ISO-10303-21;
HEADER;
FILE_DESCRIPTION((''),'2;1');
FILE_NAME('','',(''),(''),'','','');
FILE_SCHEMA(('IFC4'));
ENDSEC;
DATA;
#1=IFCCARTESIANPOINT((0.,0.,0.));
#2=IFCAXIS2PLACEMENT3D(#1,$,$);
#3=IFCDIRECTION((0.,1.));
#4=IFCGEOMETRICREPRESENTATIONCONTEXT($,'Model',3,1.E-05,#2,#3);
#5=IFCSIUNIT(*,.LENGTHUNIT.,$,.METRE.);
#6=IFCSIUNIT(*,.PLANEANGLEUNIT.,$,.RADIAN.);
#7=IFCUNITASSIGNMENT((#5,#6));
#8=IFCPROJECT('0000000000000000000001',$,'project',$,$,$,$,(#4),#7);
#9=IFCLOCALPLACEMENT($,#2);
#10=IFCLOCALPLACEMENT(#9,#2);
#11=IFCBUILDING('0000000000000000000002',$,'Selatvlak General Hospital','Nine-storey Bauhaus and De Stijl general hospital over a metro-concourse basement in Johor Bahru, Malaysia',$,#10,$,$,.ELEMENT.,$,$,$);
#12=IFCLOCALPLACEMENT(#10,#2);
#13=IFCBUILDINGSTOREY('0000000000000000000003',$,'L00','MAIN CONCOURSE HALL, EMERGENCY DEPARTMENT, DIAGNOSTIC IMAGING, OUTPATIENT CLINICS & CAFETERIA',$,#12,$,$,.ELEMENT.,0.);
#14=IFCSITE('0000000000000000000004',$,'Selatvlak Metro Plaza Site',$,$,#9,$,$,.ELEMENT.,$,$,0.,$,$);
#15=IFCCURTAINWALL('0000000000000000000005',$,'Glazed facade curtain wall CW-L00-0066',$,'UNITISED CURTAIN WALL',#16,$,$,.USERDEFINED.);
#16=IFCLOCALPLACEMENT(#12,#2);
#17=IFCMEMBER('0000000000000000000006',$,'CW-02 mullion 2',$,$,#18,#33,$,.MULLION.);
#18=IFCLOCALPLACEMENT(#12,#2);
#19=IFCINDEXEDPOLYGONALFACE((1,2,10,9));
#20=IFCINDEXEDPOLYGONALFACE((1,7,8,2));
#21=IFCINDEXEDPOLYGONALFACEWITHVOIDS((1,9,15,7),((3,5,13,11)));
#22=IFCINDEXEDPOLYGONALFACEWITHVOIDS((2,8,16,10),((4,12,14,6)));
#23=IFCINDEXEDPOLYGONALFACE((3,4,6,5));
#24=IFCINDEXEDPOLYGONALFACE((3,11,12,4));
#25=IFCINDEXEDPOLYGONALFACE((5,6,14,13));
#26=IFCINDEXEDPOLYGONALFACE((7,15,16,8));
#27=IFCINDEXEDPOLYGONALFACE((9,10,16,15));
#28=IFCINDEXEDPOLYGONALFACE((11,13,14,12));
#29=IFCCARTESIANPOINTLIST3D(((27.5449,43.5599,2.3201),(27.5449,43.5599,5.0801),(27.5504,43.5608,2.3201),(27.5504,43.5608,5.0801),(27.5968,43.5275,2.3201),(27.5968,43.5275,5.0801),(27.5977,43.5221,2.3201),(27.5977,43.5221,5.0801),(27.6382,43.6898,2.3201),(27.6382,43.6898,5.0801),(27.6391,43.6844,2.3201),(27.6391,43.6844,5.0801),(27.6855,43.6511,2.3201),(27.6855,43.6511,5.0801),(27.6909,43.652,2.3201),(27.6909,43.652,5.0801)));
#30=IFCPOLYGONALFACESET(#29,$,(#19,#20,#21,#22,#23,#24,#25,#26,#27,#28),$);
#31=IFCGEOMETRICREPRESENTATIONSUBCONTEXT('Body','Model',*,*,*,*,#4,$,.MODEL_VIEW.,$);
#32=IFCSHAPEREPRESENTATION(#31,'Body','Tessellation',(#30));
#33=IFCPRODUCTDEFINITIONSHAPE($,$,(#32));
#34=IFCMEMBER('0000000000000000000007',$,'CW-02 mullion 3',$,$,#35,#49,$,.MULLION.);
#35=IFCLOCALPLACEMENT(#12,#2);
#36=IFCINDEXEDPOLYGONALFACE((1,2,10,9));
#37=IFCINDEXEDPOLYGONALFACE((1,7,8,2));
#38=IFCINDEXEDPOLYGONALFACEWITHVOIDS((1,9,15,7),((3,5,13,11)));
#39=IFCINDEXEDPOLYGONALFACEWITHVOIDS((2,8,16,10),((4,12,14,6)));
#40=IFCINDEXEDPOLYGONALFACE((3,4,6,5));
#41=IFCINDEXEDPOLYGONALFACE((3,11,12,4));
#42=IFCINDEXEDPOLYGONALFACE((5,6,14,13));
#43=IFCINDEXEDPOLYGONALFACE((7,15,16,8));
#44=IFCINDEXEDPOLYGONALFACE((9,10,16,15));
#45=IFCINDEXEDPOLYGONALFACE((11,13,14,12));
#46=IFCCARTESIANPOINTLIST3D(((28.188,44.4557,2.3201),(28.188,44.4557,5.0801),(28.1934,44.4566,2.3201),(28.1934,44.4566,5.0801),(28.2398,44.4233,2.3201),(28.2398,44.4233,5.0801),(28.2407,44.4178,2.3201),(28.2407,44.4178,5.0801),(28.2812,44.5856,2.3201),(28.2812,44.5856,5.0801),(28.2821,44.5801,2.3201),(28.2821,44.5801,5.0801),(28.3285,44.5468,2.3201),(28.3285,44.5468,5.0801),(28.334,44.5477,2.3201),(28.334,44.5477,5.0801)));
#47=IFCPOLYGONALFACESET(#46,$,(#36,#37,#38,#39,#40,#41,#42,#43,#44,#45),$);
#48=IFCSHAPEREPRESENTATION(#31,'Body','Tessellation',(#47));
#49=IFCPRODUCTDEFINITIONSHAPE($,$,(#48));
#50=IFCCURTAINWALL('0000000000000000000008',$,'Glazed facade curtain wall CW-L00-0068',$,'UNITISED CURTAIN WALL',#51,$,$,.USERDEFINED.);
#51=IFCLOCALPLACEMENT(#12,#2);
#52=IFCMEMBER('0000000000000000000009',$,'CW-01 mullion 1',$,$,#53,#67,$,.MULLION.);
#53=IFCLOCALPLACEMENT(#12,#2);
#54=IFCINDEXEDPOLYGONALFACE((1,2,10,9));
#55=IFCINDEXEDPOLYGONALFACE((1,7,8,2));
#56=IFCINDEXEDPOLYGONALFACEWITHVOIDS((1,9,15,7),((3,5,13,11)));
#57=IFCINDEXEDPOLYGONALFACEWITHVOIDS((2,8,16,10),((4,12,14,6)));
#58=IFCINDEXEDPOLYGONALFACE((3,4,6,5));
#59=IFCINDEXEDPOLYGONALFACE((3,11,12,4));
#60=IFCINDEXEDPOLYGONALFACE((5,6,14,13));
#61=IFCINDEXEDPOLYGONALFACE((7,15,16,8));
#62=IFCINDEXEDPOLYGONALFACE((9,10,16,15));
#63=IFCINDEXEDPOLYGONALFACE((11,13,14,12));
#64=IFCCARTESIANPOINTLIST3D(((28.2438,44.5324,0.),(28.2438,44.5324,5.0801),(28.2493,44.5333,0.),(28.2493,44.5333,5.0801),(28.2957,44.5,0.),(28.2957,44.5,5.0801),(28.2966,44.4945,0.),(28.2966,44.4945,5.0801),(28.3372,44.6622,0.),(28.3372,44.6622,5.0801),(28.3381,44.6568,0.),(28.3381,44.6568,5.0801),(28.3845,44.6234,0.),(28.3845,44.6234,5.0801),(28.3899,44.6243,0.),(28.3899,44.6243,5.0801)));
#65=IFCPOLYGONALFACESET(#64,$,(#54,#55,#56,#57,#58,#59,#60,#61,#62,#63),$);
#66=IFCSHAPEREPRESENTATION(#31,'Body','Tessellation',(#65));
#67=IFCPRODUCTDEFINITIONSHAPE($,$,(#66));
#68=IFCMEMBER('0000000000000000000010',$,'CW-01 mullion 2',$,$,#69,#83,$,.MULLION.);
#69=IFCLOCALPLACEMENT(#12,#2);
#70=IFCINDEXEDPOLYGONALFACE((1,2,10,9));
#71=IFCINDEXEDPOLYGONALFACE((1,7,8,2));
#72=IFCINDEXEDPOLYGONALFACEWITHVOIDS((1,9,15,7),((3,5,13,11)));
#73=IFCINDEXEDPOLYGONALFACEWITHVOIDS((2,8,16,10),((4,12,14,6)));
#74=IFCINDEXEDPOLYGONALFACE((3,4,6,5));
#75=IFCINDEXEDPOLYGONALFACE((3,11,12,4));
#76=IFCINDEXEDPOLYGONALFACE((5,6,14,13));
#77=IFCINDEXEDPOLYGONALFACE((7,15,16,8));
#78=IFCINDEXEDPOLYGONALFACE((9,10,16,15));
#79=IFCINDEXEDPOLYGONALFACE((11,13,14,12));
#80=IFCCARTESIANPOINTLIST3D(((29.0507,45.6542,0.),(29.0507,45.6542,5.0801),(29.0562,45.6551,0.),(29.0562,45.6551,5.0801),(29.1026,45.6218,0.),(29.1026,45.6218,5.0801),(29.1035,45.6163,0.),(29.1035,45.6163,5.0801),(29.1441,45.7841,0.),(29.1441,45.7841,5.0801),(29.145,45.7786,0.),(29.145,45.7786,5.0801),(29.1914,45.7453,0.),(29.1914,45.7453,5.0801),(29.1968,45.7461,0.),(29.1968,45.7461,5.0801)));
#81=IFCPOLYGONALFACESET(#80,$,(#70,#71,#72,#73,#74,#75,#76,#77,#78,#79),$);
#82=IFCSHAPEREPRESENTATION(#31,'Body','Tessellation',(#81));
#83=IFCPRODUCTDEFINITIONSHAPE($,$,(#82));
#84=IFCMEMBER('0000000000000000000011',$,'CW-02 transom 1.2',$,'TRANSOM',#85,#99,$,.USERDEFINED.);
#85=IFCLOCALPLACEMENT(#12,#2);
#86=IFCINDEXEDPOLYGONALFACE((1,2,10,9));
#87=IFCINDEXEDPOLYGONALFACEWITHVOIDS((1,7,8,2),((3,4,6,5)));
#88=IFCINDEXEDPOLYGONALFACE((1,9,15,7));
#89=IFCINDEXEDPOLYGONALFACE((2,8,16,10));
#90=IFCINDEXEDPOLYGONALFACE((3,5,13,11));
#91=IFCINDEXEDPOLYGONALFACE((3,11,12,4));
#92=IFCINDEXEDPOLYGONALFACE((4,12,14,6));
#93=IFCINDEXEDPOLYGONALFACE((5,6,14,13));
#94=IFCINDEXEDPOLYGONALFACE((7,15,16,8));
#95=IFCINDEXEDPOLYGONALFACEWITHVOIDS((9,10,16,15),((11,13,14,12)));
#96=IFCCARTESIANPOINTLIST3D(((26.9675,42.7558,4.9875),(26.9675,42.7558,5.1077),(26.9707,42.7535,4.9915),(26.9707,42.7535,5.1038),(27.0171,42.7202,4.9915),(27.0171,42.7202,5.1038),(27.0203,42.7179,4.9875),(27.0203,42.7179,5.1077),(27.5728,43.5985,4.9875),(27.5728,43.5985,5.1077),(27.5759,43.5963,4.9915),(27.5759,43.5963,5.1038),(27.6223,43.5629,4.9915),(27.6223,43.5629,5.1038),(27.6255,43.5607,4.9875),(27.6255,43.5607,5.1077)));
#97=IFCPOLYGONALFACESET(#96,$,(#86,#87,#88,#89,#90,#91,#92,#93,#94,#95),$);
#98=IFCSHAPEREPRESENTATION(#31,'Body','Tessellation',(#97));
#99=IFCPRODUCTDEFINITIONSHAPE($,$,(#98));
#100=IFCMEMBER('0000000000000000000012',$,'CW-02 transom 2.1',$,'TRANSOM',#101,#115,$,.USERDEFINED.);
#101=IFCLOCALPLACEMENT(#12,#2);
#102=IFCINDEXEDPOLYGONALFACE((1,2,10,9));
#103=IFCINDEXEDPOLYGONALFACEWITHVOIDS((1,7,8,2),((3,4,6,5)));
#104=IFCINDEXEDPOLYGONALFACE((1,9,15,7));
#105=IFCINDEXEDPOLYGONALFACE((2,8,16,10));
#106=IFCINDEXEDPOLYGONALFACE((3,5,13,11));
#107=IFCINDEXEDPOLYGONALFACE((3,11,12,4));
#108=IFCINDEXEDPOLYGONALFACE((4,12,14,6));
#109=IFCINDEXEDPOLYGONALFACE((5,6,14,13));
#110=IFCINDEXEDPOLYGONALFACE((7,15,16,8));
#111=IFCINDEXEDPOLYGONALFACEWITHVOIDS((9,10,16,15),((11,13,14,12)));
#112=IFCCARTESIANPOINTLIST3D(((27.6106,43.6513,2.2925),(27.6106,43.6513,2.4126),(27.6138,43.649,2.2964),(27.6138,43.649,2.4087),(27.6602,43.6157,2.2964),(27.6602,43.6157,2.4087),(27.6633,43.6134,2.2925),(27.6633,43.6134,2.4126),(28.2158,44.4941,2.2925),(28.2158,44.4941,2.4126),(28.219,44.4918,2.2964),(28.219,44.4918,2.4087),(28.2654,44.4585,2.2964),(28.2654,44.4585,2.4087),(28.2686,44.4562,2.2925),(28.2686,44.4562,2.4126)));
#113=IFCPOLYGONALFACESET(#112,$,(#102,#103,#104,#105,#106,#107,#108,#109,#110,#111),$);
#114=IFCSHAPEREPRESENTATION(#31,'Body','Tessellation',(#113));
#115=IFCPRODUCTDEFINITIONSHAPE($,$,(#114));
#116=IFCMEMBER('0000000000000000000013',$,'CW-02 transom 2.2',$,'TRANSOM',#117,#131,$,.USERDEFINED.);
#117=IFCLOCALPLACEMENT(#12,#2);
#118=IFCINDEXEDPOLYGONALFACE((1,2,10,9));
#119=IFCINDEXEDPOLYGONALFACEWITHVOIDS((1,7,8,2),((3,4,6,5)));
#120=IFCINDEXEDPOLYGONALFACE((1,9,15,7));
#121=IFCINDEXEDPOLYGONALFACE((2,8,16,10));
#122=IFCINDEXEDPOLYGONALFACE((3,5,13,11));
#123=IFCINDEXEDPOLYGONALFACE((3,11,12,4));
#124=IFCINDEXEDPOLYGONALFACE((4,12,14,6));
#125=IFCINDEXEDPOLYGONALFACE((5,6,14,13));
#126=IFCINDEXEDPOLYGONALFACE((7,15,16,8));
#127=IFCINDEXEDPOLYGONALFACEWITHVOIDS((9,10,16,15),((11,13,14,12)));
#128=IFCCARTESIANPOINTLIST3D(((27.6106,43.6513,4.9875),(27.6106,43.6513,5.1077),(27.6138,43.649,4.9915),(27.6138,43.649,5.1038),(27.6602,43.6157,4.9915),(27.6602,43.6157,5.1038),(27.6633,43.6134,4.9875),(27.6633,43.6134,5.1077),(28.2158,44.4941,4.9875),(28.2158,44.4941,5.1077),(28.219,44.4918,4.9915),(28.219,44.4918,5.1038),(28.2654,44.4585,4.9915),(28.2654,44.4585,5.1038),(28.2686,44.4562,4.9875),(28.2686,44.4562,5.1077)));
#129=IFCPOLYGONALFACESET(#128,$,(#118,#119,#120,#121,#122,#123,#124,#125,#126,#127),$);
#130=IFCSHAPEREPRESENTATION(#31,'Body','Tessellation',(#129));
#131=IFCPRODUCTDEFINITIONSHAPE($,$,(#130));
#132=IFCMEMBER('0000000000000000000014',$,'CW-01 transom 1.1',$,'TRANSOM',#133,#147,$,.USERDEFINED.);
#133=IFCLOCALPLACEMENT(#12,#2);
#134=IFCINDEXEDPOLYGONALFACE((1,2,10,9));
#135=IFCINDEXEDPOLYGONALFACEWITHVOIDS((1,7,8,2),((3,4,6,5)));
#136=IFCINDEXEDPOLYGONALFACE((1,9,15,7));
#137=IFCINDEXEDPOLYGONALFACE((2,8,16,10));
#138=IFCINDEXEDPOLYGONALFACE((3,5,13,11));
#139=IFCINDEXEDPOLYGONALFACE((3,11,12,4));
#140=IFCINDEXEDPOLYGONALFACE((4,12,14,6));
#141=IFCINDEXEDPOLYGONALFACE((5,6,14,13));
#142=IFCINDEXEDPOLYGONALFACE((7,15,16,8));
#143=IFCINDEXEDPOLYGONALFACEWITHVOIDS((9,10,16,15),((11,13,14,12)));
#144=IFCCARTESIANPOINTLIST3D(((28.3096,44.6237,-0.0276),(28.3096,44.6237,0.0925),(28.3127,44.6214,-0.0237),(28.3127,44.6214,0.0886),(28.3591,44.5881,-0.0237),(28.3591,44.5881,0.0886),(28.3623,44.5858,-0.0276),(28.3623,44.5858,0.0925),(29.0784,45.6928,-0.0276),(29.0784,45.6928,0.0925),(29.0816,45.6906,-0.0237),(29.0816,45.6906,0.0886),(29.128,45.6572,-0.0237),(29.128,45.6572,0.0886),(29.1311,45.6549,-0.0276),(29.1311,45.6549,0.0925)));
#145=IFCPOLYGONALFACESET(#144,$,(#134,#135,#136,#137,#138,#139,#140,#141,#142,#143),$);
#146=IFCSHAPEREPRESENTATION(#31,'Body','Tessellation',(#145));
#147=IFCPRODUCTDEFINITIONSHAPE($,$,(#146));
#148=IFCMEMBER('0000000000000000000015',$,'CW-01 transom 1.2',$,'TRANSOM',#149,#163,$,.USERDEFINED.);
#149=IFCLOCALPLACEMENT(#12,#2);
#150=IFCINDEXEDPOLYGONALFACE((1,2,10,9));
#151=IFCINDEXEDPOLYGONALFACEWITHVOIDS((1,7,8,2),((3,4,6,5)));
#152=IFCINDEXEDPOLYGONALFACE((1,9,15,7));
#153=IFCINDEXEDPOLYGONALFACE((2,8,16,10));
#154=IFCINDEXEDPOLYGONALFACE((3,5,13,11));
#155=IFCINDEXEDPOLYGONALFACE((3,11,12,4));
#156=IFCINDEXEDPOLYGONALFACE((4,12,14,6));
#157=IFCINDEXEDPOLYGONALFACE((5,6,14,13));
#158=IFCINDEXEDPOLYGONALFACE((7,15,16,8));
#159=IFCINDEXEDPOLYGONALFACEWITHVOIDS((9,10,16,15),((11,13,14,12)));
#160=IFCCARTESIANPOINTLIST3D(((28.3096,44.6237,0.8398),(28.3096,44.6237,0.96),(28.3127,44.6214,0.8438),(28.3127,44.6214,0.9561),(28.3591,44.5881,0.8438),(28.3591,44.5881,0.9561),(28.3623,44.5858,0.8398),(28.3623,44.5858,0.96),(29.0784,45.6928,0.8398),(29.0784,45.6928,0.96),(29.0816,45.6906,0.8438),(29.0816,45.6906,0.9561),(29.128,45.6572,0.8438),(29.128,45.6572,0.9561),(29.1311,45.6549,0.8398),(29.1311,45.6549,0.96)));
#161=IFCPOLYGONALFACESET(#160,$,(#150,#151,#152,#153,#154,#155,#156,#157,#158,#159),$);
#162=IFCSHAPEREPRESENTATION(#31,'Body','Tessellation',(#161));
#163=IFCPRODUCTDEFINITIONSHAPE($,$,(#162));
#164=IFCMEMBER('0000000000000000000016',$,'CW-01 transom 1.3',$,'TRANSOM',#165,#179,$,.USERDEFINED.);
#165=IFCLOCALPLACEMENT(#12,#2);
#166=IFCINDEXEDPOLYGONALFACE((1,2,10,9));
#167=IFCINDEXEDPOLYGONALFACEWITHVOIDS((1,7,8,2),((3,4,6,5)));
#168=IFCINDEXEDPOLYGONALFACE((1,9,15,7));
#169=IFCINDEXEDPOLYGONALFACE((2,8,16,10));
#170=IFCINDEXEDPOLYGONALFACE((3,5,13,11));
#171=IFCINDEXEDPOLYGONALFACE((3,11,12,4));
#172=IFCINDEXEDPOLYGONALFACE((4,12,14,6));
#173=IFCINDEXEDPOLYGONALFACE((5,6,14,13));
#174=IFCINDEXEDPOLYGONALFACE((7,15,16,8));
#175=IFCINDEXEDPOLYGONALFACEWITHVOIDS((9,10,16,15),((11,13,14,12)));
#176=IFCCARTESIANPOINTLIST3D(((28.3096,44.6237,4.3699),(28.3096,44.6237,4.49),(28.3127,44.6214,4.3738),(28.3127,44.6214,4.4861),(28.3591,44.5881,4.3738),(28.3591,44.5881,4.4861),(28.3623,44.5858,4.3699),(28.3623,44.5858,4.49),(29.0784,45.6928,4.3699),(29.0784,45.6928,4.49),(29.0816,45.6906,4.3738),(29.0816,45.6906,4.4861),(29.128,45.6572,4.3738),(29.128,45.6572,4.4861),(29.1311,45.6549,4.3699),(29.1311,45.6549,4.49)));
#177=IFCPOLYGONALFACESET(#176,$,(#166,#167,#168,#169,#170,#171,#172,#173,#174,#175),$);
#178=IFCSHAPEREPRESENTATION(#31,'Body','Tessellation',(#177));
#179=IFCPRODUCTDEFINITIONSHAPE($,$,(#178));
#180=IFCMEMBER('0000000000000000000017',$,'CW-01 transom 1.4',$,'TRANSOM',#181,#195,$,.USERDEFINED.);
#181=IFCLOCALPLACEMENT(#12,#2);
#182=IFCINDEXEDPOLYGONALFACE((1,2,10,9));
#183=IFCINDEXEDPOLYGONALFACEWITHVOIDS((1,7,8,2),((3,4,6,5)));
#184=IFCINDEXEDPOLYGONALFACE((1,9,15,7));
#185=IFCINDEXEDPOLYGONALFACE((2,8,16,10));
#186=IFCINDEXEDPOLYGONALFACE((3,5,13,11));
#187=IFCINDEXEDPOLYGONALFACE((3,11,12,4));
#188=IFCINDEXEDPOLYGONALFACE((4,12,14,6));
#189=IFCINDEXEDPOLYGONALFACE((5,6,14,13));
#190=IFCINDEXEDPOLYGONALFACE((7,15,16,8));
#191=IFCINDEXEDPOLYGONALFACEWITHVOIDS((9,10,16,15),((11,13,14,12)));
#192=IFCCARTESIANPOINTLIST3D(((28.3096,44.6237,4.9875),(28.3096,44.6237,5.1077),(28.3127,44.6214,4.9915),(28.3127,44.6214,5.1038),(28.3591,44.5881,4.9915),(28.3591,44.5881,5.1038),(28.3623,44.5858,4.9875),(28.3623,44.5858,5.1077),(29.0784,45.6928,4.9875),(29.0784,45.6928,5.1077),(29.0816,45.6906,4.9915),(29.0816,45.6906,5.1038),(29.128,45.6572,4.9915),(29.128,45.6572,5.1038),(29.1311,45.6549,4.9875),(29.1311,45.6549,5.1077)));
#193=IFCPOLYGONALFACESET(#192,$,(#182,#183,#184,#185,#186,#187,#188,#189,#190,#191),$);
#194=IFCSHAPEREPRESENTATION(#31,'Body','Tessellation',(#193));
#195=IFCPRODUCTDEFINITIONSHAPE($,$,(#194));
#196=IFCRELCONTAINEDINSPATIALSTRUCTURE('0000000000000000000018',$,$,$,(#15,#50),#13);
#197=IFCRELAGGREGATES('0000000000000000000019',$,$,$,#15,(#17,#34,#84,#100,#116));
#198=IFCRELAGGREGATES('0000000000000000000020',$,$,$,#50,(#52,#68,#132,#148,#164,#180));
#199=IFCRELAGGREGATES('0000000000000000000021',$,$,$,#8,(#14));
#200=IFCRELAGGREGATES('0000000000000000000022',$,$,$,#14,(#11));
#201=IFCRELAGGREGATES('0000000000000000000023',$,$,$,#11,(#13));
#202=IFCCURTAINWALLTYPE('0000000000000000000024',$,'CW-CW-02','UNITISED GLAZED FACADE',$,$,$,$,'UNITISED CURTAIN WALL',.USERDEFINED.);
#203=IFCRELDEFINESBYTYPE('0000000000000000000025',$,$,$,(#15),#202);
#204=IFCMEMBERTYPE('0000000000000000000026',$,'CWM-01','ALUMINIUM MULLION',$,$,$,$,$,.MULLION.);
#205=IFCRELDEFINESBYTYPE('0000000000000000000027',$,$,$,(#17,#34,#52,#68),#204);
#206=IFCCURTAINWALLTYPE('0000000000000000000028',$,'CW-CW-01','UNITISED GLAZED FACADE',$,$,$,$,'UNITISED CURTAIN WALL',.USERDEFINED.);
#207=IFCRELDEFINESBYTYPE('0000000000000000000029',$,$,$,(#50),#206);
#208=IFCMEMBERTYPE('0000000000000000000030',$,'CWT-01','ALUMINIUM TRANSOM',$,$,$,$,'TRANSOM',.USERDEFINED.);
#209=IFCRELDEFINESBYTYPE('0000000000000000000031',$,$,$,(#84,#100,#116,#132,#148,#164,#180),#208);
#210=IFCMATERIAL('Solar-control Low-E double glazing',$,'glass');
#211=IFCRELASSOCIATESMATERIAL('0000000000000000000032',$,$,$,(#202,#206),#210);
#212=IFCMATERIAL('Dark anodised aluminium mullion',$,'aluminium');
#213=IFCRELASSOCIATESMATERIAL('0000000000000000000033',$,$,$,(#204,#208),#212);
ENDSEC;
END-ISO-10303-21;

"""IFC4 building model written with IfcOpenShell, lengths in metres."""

from ifc_helpers import new_model, si_unit, direction, frame, origin, origin_2d, place, context, subcontext, project, spatial, hollow_rectangle, extrude, material, material_profile, profile_set, type_object, element, aggregate, save


model = new_model("IFC4")

# Units and contexts
model_context = context("Model", 3, precision=1e-05, world=origin(), true_north=direction((0.0, 1.0)))
body_context = subcontext(model_context, "Body", "Model", "MODEL_VIEW")
ifc_project = project(units=[si_unit("LENGTHUNIT", "METRE"), si_unit("PLANEANGLEUNIT", "RADIAN")], contexts=[model_context])

# Site, building, storey
site_placement = place(None, origin())
site = spatial("IfcSite", under=ifc_project, at=site_placement, Name="Selatvlak Metro Plaza Site", CompositionType="ELEMENT", RefElevation=0.0)
building_placement = place(site_placement, origin())
building = spatial("IfcBuilding", under=site, at=building_placement, Name="Selatvlak General Hospital", Description="Nine-storey Bauhaus and De Stijl general hospital over a metro-concourse basement in Johor Bahru, Malaysia", CompositionType="ELEMENT")
storey_placement = place(building_placement, origin())
storey = spatial("IfcBuildingStorey", under=building, at=storey_placement, Name="L00", Description="MAIN CONCOURSE HALL, EMERGENCY DEPARTMENT, DIAGNOSTIC IMAGING, OUTPATIENT CLINICS & CAFETERIA", CompositionType="ELEMENT", Elevation=0.0)

# Curtain walls, members
ifc_material_1 = material(Name="Solar-control Low-E double glazing", Category="glass")
curtain_wall_type_1 = type_object("IfcCurtainWallType", Name="CW-CW-02", Description="UNITISED GLAZED FACADE", ElementType="UNITISED CURTAIN WALL", PredefinedType="USERDEFINED", material=ifc_material_1)
curtain_wall_1_placement = place(storey_placement, origin())
curtain_wall_1 = element("IfcCurtainWall", 1, at=curtain_wall_1_placement, inside=storey, type_object=curtain_wall_type_1, Name="Glazed facade curtain wall CW-L00-0066", ObjectType="UNITISED CURTAIN WALL", PredefinedType="USERDEFINED")
ifc_material_2 = material(Name="Dark anodised aluminium mullion", Category="aluminium")
ifc_material_profile_1 = material_profile(ifc_material_2, hollow_rectangle(XDim=0.0649, YDim=0.1599, WallThickness=0.0039, at=origin_2d()), Name="AL-MUL 65x160x4")
ifc_profile_set_1 = profile_set([ifc_material_profile_1], Name="Dark anodised aluminium mullion")
member_type_1 = type_object("IfcMemberType", Name="CWM-01", Description="ALUMINIUM MULLION", PredefinedType="MULLION", material=ifc_profile_set_1)
member_1_placement = place(storey_placement, frame((27.6179, 43.606, 2.3201), z_axis=(0.0, 0.0, 1.0), x_axis=(-0.812302, 0.583237, 0.0)))
member_1 = element("IfcMember", 2, at=member_1_placement, type_object=member_type_1, Name="CW-02 mullion 2", PredefinedType="MULLION", context=body_context, shape_type="SweptSolid", body=[
    extrude(hollow_rectangle(XDim=0.0649, YDim=0.1599, WallThickness=0.0039, at=origin_2d()), origin(), (0.0, 0.0, 1.0), 2.76),
])
member_2_placement = place(storey_placement, frame((28.261, 44.5017, 2.3201), z_axis=(0.0, 0.0, 1.0), x_axis=(-0.812302, 0.583237, 0.0)))
member_2 = element("IfcMember", 3, at=member_2_placement, type_object=member_type_1, Name="CW-02 mullion 3", PredefinedType="MULLION", context=body_context, shape_type="SweptSolid", body=[
    extrude(hollow_rectangle(XDim=0.0649, YDim=0.1599, WallThickness=0.0039, at=origin_2d()), origin(), (0.0, 0.0, 1.0), 2.76),
])
curtain_wall_type_2 = type_object("IfcCurtainWallType", Name="CW-CW-01", Description="UNITISED GLAZED FACADE", ElementType="UNITISED CURTAIN WALL", PredefinedType="USERDEFINED", material=ifc_material_1)
curtain_wall_2_placement = place(storey_placement, origin())
curtain_wall_2 = element("IfcCurtainWall", 4, at=curtain_wall_2_placement, inside=storey, type_object=curtain_wall_type_2, Name="Glazed facade curtain wall CW-L00-0068", ObjectType="UNITISED CURTAIN WALL", PredefinedType="USERDEFINED")
member_3_placement = place(storey_placement, frame((28.3169, 44.5784, 0.0), z_axis=(0.0, 0.0, 1.0), x_axis=(-0.811837, 0.583884, 0.0)))
member_3 = element("IfcMember", 5, at=member_3_placement, type_object=member_type_1, Name="CW-01 mullion 1", PredefinedType="MULLION", context=body_context, shape_type="SweptSolid", body=[
    extrude(hollow_rectangle(XDim=0.0649, YDim=0.1599, WallThickness=0.0039, at=origin_2d()), origin(), (0.0, 0.0, 1.0), 5.0801),
])
member_4_placement = place(storey_placement, frame((29.1238, 45.7002, 0.0), z_axis=(0.0, 0.0, 1.0), x_axis=(-0.811837, 0.583884, 0.0)))
member_4 = element("IfcMember", 6, at=member_4_placement, type_object=member_type_1, Name="CW-01 mullion 2", PredefinedType="MULLION", context=body_context, shape_type="SweptSolid", body=[
    extrude(hollow_rectangle(XDim=0.0649, YDim=0.1599, WallThickness=0.0039, at=origin_2d()), origin(), (0.0, 0.0, 1.0), 5.0801),
])

# Members
ifc_material_profile_2 = material_profile(ifc_material_2, hollow_rectangle(XDim=0.0649, YDim=0.1201, WallThickness=0.0039, at=origin_2d()), Name="AL-TRN 65x120x4")
ifc_profile_set_2 = profile_set([ifc_material_profile_2], Name="Dark anodised aluminium mullion")
member_type_2 = type_object("IfcMemberType", Name="CWT-01", Description="ALUMINIUM TRANSOM", ElementType="TRANSOM", PredefinedType="USERDEFINED", material=ifc_profile_set_2)
member_5_placement = place(storey_placement, frame((26.9939, 42.7368, 5.0476), z_axis=(0.583306, 0.812252, 0.0), x_axis=(-0.812252, 0.583306, 0.0)))
member_5 = element("IfcMember", 7, at=member_5_placement, type_object=member_type_2, Name="CW-02 transom 1.2", ObjectType="TRANSOM", PredefinedType="USERDEFINED", context=body_context, shape_type="SweptSolid", body=[
    extrude(hollow_rectangle(XDim=0.0649, YDim=0.1201, WallThickness=0.0039, at=origin_2d()), origin(), (0.0, 0.0, 1.0), 1.0376),
])
member_6_placement = place(storey_placement, frame((27.637, 43.6323, 2.3525), z_axis=(0.583306, 0.812252, 0.0), x_axis=(-0.812252, 0.583306, 0.0)))
member_6 = element("IfcMember", 8, at=member_6_placement, type_object=member_type_2, Name="CW-02 transom 2.1", ObjectType="TRANSOM", PredefinedType="USERDEFINED", context=body_context, shape_type="SweptSolid", body=[
    extrude(hollow_rectangle(XDim=0.0649, YDim=0.1201, WallThickness=0.0039, at=origin_2d()), origin(), (0.0, 0.0, 1.0), 1.0376),
])
member_7_placement = place(storey_placement, frame((27.637, 43.6323, 5.0476), z_axis=(0.583306, 0.812252, 0.0), x_axis=(-0.812252, 0.583306, 0.0)))
member_7 = element("IfcMember", 9, at=member_7_placement, type_object=member_type_2, Name="CW-02 transom 2.2", ObjectType="TRANSOM", PredefinedType="USERDEFINED", context=body_context, shape_type="SweptSolid", body=[
    extrude(hollow_rectangle(XDim=0.0649, YDim=0.1201, WallThickness=0.0039, at=origin_2d()), origin(), (0.0, 0.0, 1.0), 1.0376),
])
member_8_placement = place(storey_placement, frame((28.3359, 44.6047, 0.0325), z_axis=(0.583831, 0.811875, 0.0), x_axis=(-0.811875, 0.583831, 0.0)))
member_8 = element("IfcMember", 10, at=member_8_placement, type_object=member_type_2, Name="CW-01 transom 1.1", ObjectType="TRANSOM", PredefinedType="USERDEFINED", context=body_context, shape_type="SweptSolid", body=[
    extrude(hollow_rectangle(XDim=0.0649, YDim=0.1201, WallThickness=0.0039, at=origin_2d()), origin(), (0.0, 0.0, 1.0), 1.3169),
])
member_9_placement = place(storey_placement, frame((28.3359, 44.6047, 0.8999), z_axis=(0.583831, 0.811875, 0.0), x_axis=(-0.811875, 0.583831, 0.0)))
member_9 = element("IfcMember", 11, at=member_9_placement, type_object=member_type_2, Name="CW-01 transom 1.2", ObjectType="TRANSOM", PredefinedType="USERDEFINED", context=body_context, shape_type="SweptSolid", body=[
    extrude(hollow_rectangle(XDim=0.0649, YDim=0.1201, WallThickness=0.0039, at=origin_2d()), origin(), (0.0, 0.0, 1.0), 1.3169),
])
member_10_placement = place(storey_placement, frame((28.3359, 44.6047, 4.4299), z_axis=(0.583831, 0.811875, 0.0), x_axis=(-0.811875, 0.583831, 0.0)))
member_10 = element("IfcMember", 12, at=member_10_placement, type_object=member_type_2, Name="CW-01 transom 1.3", ObjectType="TRANSOM", PredefinedType="USERDEFINED", context=body_context, shape_type="SweptSolid", body=[
    extrude(hollow_rectangle(XDim=0.0649, YDim=0.1201, WallThickness=0.0039, at=origin_2d()), origin(), (0.0, 0.0, 1.0), 1.3169),
])
member_11_placement = place(storey_placement, frame((28.3359, 44.6047, 5.0476), z_axis=(0.583831, 0.811875, 0.0), x_axis=(-0.811875, 0.583831, 0.0)))
member_11 = element("IfcMember", 13, at=member_11_placement, type_object=member_type_2, Name="CW-01 transom 1.4", ObjectType="TRANSOM", PredefinedType="USERDEFINED", context=body_context, shape_type="SweptSolid", body=[
    extrude(hollow_rectangle(XDim=0.0649, YDim=0.1201, WallThickness=0.0039, at=origin_2d()), origin(), (0.0, 0.0, 1.0), 1.3169),
])

aggregate(curtain_wall_1, [member_1, member_2, member_5, member_6, member_7])
aggregate(curtain_wall_2, [member_3, member_4, member_8, member_9, member_10, member_11])

save(model, "model.ifc")
